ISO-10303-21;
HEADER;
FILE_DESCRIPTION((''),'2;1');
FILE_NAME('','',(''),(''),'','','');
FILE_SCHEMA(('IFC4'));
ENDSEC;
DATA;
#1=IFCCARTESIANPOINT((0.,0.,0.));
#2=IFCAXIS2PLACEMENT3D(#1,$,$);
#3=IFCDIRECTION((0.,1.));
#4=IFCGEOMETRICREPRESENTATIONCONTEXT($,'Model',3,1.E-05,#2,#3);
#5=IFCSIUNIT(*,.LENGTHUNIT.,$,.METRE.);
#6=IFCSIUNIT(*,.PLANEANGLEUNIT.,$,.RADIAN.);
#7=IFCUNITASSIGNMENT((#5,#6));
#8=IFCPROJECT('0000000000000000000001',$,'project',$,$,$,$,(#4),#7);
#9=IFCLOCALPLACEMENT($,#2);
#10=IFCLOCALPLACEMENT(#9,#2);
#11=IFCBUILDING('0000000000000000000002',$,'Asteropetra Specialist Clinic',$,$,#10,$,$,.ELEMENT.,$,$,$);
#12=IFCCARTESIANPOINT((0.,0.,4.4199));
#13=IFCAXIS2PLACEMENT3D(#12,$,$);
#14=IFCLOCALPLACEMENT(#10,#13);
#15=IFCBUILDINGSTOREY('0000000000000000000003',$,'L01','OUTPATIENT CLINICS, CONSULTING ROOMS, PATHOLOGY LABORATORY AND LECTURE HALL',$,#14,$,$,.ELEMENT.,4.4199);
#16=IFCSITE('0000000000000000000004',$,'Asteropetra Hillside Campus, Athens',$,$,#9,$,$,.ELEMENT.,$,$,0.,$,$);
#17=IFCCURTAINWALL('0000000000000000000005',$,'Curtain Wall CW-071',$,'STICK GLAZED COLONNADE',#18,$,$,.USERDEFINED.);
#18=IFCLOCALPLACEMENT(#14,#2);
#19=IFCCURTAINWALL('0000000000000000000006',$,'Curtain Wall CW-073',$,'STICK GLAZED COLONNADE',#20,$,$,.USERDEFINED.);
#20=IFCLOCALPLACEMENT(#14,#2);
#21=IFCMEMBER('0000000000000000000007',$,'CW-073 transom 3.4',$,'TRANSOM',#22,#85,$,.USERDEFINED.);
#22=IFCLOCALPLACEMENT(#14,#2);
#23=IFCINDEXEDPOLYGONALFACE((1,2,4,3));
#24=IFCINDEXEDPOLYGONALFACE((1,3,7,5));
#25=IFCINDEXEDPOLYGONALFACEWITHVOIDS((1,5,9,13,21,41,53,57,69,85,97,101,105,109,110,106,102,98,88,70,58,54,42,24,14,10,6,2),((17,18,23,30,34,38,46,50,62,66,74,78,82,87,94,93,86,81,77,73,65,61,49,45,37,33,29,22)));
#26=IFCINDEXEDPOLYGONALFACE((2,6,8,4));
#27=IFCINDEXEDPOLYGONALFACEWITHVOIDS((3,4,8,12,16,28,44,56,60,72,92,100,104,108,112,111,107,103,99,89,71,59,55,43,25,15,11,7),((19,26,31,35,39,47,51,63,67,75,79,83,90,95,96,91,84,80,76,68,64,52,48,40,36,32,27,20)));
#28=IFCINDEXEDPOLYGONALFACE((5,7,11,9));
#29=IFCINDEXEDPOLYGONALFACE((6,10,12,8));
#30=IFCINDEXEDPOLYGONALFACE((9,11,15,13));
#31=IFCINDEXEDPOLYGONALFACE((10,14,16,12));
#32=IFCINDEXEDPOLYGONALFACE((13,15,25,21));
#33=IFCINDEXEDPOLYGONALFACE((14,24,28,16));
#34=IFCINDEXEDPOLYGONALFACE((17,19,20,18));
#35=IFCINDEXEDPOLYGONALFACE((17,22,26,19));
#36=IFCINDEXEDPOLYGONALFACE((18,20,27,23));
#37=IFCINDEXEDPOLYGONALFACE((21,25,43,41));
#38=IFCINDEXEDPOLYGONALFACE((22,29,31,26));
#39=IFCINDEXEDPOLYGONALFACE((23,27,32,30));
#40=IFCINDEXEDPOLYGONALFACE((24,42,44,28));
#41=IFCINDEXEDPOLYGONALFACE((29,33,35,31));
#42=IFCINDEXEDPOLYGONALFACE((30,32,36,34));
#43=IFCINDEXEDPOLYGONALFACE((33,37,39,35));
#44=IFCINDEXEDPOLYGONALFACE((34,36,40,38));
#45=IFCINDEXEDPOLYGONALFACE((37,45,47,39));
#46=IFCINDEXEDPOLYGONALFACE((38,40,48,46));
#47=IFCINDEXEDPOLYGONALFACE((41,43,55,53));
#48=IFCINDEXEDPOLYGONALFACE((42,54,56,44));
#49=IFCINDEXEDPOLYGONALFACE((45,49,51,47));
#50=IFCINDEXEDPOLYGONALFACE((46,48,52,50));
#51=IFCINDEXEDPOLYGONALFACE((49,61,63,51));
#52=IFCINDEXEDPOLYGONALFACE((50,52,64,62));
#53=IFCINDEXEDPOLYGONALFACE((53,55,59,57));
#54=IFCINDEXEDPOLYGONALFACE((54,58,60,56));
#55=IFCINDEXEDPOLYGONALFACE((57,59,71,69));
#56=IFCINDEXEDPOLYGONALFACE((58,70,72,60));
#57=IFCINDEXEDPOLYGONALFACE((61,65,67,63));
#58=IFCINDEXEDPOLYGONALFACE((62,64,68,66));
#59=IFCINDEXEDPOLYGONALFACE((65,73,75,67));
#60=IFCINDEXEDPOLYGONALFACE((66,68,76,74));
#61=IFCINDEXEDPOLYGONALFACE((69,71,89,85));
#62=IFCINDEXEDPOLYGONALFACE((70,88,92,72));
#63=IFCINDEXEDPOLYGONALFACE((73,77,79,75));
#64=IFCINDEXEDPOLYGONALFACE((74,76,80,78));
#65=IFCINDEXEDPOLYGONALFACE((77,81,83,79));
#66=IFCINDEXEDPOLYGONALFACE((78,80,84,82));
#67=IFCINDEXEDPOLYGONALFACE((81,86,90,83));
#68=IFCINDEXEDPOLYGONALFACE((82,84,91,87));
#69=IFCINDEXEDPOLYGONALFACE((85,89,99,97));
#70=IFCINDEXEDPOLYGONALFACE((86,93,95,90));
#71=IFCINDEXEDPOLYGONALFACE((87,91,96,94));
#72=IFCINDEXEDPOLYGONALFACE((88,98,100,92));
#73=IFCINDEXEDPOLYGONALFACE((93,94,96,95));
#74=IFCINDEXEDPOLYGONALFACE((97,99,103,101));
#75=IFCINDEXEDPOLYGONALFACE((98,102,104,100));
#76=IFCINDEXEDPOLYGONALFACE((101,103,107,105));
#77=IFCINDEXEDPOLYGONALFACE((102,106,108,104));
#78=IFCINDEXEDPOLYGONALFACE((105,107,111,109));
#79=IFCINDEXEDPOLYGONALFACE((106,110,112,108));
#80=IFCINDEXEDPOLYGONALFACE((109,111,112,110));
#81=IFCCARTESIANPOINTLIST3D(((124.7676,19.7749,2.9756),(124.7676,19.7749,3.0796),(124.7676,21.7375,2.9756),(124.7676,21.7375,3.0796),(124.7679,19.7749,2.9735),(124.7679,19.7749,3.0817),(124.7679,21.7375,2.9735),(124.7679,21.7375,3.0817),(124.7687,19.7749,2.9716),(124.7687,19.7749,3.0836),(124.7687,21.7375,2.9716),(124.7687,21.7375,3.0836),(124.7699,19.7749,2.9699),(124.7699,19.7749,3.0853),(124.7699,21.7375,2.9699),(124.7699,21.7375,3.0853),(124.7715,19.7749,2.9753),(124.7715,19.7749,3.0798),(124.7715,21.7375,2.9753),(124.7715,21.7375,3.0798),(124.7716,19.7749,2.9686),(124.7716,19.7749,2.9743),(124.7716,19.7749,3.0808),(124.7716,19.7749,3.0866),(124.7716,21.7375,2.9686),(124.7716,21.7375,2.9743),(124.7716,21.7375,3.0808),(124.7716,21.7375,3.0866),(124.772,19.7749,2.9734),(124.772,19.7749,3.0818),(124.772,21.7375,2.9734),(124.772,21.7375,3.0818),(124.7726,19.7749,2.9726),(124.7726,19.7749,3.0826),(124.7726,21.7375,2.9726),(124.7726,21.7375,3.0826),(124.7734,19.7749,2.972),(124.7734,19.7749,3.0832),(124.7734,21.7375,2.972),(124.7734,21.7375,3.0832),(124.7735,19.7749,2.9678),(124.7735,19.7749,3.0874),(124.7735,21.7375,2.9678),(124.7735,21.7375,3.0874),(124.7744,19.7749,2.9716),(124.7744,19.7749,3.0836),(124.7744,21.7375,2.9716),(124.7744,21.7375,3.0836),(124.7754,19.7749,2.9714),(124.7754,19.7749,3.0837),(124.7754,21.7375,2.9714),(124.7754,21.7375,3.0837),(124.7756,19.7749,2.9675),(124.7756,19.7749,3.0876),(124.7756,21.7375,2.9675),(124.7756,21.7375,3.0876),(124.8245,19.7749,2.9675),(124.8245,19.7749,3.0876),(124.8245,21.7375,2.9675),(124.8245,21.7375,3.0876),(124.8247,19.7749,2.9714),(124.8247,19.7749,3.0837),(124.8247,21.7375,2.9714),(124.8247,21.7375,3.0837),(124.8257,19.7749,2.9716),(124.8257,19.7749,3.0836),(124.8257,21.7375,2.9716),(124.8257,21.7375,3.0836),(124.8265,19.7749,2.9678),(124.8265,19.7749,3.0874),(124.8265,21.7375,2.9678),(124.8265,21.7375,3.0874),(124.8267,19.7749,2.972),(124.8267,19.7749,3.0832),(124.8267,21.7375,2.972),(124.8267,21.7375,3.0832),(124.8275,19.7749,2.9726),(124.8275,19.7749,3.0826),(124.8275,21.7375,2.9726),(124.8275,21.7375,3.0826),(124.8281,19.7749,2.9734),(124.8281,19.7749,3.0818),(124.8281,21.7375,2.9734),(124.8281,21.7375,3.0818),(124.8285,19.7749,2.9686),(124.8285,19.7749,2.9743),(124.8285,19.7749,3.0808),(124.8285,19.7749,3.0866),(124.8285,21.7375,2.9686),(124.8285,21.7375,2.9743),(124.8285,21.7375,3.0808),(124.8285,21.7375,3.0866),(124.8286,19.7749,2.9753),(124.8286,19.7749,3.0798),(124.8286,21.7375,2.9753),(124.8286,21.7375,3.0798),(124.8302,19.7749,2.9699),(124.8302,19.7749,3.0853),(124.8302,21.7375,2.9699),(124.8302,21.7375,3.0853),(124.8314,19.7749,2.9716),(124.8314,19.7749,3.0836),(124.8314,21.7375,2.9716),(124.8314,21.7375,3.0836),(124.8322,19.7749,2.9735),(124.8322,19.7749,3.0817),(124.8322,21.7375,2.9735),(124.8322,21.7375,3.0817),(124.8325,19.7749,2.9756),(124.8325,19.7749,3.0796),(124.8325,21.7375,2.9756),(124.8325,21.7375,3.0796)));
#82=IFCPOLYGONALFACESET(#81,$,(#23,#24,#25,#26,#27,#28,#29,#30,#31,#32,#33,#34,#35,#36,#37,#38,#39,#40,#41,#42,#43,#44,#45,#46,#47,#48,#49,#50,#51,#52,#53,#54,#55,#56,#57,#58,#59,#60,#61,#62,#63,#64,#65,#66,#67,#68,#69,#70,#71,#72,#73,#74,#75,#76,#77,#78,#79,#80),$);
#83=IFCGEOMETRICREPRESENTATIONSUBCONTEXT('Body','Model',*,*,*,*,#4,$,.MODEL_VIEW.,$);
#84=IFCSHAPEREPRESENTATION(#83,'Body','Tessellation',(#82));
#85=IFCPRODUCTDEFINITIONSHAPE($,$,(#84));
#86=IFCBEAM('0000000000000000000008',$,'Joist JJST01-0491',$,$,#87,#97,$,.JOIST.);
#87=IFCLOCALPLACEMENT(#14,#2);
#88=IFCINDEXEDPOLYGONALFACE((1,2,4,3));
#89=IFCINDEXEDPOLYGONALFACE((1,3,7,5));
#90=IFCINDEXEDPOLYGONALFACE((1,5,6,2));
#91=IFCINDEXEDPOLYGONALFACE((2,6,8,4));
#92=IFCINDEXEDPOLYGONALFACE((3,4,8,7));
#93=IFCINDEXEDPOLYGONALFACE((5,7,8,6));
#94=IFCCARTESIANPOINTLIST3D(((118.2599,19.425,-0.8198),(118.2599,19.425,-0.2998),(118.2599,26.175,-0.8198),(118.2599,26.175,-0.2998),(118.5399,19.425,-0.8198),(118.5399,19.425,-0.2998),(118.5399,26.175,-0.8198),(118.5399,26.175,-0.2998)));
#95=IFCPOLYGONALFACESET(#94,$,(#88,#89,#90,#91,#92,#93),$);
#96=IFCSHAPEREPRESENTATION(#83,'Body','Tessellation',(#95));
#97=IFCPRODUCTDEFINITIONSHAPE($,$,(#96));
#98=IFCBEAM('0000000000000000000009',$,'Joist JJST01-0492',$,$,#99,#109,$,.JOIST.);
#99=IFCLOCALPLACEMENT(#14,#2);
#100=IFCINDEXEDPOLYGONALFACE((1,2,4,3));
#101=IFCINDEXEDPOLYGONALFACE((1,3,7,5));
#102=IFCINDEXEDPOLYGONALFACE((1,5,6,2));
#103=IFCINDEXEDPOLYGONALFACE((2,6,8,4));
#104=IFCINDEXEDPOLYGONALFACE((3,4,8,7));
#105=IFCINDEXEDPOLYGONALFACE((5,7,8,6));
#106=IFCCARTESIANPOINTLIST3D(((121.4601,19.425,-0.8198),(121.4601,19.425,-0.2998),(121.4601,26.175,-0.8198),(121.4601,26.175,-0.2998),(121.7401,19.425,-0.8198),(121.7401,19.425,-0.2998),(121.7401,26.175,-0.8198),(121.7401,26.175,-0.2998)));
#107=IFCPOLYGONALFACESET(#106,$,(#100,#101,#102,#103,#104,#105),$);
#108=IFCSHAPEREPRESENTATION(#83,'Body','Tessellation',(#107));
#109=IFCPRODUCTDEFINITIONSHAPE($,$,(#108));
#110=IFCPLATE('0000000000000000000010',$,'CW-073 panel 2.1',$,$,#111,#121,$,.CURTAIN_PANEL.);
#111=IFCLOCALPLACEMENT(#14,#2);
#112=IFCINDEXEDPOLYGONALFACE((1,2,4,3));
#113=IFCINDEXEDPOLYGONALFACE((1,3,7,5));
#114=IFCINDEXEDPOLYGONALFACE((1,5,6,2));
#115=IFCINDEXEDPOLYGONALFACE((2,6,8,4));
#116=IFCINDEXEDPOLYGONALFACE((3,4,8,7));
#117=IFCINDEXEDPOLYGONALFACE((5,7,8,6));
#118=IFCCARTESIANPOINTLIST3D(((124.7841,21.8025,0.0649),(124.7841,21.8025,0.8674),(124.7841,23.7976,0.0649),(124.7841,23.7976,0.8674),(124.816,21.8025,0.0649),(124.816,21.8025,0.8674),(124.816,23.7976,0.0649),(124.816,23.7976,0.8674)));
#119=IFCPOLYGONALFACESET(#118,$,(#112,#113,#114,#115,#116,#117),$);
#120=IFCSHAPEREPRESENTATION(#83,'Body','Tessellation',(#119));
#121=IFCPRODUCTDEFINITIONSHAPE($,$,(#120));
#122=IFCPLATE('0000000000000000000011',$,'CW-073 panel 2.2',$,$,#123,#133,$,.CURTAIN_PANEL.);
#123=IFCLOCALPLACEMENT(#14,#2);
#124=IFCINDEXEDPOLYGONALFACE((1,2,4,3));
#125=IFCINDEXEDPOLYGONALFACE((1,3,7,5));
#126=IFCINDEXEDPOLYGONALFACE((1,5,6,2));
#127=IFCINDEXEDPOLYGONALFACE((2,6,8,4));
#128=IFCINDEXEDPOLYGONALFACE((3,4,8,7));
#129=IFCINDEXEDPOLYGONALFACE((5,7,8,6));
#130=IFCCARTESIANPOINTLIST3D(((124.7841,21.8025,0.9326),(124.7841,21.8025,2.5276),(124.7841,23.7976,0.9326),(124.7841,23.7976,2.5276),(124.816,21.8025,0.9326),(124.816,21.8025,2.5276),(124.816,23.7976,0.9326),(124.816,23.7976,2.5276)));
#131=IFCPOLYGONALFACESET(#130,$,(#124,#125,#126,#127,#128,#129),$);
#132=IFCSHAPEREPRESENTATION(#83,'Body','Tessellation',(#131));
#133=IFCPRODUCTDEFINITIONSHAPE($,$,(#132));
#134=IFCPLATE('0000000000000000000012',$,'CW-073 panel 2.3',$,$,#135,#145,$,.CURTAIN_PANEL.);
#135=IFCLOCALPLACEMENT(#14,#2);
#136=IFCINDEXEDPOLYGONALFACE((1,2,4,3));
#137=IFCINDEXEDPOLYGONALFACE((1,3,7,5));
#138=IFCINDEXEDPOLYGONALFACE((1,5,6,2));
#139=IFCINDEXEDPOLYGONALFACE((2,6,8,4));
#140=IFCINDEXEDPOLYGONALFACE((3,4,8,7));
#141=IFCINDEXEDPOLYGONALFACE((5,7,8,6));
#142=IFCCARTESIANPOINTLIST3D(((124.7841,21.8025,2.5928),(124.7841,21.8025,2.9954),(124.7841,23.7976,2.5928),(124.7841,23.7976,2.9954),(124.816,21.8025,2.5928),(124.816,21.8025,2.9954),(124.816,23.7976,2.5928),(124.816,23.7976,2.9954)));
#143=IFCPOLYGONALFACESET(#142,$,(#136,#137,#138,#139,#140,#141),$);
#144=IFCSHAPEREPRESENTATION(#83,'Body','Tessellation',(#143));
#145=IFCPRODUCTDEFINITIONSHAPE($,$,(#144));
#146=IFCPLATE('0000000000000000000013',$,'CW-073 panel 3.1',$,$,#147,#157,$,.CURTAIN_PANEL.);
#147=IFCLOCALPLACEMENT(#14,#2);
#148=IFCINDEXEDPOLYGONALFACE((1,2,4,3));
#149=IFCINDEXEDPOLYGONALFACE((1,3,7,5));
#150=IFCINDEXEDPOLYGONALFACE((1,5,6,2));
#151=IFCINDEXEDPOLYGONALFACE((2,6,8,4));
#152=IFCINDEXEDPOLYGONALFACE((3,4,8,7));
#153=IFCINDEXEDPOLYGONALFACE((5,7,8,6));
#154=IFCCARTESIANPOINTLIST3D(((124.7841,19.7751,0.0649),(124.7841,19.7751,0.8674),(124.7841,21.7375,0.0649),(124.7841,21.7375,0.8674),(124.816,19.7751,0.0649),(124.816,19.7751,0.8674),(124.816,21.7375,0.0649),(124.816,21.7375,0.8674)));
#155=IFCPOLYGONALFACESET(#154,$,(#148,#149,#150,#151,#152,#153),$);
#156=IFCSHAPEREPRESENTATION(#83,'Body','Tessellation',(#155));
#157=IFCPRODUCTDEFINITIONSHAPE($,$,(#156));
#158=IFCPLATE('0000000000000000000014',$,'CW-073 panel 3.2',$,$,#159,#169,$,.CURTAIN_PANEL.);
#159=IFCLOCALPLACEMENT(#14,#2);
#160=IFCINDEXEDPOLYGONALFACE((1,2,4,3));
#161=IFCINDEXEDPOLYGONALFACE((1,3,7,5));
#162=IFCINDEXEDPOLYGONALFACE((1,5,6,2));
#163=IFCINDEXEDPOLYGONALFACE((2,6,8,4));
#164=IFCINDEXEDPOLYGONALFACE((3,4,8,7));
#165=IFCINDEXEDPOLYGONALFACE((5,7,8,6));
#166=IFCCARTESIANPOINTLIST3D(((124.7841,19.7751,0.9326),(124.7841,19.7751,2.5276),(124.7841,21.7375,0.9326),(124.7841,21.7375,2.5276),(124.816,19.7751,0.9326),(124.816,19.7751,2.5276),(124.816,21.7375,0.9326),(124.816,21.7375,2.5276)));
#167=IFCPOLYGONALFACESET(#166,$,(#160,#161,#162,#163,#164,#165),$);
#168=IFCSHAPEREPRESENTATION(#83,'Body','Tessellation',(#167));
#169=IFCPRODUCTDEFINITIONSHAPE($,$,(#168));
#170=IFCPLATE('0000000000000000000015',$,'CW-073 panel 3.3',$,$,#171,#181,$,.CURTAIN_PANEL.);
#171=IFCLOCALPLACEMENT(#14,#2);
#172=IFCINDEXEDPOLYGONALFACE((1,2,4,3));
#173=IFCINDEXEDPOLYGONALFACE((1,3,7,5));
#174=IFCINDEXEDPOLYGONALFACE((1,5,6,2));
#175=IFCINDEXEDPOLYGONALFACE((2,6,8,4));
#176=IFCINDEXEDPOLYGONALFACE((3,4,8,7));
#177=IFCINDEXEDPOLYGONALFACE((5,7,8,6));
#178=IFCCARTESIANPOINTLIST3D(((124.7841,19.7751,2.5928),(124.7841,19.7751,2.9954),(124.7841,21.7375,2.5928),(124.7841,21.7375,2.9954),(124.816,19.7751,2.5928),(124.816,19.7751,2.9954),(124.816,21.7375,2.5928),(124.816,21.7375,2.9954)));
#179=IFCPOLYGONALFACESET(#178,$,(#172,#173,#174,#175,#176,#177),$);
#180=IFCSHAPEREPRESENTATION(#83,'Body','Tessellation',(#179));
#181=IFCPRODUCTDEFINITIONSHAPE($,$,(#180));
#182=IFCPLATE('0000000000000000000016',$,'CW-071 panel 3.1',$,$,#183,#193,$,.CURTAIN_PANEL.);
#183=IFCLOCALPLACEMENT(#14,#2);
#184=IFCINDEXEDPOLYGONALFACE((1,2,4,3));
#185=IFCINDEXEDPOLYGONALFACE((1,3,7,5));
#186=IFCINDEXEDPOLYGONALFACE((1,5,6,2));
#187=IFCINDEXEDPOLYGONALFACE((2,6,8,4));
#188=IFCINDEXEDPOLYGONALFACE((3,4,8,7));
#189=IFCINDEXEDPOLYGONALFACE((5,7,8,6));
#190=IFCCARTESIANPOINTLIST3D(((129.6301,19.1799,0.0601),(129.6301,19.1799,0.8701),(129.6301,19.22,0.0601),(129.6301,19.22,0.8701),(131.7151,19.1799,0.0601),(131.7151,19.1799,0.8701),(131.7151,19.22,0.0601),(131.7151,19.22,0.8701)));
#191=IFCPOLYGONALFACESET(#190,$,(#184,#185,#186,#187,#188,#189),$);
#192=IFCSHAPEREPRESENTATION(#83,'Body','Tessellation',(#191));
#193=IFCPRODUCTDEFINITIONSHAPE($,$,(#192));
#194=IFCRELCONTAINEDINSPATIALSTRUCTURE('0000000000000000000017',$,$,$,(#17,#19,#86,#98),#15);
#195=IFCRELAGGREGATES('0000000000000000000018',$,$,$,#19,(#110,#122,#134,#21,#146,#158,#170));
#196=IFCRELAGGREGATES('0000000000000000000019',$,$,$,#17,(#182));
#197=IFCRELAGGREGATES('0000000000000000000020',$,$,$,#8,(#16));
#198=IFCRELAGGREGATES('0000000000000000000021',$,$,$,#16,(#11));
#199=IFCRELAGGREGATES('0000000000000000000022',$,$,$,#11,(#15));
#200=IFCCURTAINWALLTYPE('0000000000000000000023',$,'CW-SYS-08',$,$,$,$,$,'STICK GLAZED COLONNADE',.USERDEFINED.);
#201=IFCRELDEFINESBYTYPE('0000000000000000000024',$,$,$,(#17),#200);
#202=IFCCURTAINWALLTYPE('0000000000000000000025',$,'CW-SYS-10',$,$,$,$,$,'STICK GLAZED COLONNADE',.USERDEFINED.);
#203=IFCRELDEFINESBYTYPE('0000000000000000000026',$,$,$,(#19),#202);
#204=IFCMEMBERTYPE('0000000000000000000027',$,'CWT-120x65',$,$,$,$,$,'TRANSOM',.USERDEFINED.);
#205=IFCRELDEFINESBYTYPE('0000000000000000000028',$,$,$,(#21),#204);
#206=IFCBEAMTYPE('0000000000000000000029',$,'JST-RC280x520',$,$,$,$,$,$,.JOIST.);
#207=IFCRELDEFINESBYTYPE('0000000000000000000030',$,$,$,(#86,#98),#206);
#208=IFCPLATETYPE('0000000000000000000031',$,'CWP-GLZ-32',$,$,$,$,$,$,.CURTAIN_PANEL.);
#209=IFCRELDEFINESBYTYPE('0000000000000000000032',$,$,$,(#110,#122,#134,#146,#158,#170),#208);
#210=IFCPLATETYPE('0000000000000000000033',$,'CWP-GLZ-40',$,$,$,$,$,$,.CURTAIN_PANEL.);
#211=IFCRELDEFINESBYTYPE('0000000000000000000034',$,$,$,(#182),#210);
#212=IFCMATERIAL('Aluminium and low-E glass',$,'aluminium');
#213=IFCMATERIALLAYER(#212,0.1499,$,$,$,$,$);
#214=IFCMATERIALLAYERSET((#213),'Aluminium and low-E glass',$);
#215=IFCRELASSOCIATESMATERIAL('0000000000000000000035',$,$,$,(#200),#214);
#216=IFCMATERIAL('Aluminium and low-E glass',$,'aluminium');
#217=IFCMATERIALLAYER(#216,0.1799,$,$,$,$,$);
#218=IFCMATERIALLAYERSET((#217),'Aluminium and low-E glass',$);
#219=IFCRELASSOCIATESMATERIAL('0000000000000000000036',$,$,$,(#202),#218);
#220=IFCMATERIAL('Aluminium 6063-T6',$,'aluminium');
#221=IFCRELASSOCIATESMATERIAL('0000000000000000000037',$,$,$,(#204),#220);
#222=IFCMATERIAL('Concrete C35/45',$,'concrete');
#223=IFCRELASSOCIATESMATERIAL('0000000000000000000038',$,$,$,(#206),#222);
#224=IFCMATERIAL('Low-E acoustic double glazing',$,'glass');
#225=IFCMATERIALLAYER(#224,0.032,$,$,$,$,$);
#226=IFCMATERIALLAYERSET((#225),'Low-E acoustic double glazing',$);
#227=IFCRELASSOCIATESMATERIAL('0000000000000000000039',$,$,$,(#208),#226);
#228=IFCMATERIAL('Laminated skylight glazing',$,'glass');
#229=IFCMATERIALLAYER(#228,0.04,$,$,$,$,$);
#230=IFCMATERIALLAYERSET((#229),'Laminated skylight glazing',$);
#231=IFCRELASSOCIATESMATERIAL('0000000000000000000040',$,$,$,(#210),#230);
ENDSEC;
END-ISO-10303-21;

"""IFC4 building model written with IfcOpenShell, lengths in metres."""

from ifc_helpers import new_model, si_unit, direction, frame, origin, origin_2d, place, context, subcontext, project, spatial, rectangle, hollow_rectangle, extrude, material, layer, layer_set, material_profile, profile_set, type_object, element, aggregate, save


model = new_model("IFC4")

# Units and contexts
model_context = context("Model", 3, precision=1e-05, world=origin(), true_north=direction((0.0, 1.0)))
body_context = subcontext(model_context, "Body", "Model", "MODEL_VIEW")
ifc_project = project(units=[si_unit("LENGTHUNIT", "METRE"), si_unit("PLANEANGLEUNIT", "RADIAN")], contexts=[model_context])

# Site, building, storey
site_placement = place(None, origin())
site = spatial("IfcSite", under=ifc_project, at=site_placement, Name="Asteropetra Hillside Campus, Athens", CompositionType="ELEMENT", RefElevation=0.0)
building_placement = place(site_placement, origin())
building = spatial("IfcBuilding", under=site, at=building_placement, Name="Asteropetra Specialist Clinic", CompositionType="ELEMENT")
storey_placement = place(building_placement, frame((0.0, 0.0, 4.4199)))
storey = spatial("IfcBuildingStorey", under=building, at=storey_placement, Name="L01", Description="OUTPATIENT CLINICS, CONSULTING ROOMS, PATHOLOGY LABORATORY AND LECTURE HALL", CompositionType="ELEMENT", Elevation=4.4199)

# Curtain wall
ifc_material_1 = material(Name="Aluminium and low-E glass", Category="aluminium")
ifc_layer_1 = layer(ifc_material_1, 0.1499)
ifc_layer_set_1 = layer_set([ifc_layer_1], Name="Aluminium and low-E glass")
curtain_wall_type_1 = type_object("IfcCurtainWallType", Name="CW-SYS-08", ElementType="STICK GLAZED COLONNADE", PredefinedType="USERDEFINED", material=ifc_layer_set_1)
curtain_wall_1_placement = place(storey_placement, origin())
curtain_wall_1 = element("IfcCurtainWall", 1, at=curtain_wall_1_placement, inside=storey, type_object=curtain_wall_type_1, Name="Curtain Wall CW-071", ObjectType="STICK GLAZED COLONNADE", PredefinedType="USERDEFINED")

# Curtain wall
ifc_material_2 = material(Name="Aluminium and low-E glass", Category="aluminium")
ifc_layer_2 = layer(ifc_material_2, 0.1799)
ifc_layer_set_2 = layer_set([ifc_layer_2], Name="Aluminium and low-E glass")
curtain_wall_type_2 = type_object("IfcCurtainWallType", Name="CW-SYS-10", ElementType="STICK GLAZED COLONNADE", PredefinedType="USERDEFINED", material=ifc_layer_set_2)
curtain_wall_2_placement = place(storey_placement, origin())
curtain_wall_2 = element("IfcCurtainWall", 2, at=curtain_wall_2_placement, inside=storey, type_object=curtain_wall_type_2, Name="Curtain Wall CW-073", ObjectType="STICK GLAZED COLONNADE", PredefinedType="USERDEFINED")

# Member
ifc_material_3 = material(Name="Aluminium 6063-T6", Category="aluminium")
ifc_material_profile_1 = material_profile(ifc_material_3, hollow_rectangle(XDim=0.0649, YDim=0.1201, WallThickness=0.0039, InnerFilletRadius=0.0039, OuterFilletRadius=0.0081, at=origin_2d()), Name="TRN 120x65x4.0")
ifc_profile_set_1 = profile_set([ifc_material_profile_1], Name="Aluminium 6063-T6")
member_type_1 = type_object("IfcMemberType", Name="CWT-120x65", ElementType="TRANSOM", PredefinedType="USERDEFINED", material=ifc_profile_set_1)
member_1_placement = place(storey_placement, frame((124.8, 21.7375, 3.0276), z_axis=(0.0, -1.0, 0.0), x_axis=(1.0, 0.0, 0.0)))
member_1 = element("IfcMember", 3, at=member_1_placement, type_object=member_type_1, Name="CW-073 transom 3.4", ObjectType="TRANSOM", PredefinedType="USERDEFINED", context=body_context, shape_type="SweptSolid", body=[
    extrude(hollow_rectangle(XDim=0.0649, YDim=0.1201, WallThickness=0.0039, InnerFilletRadius=0.0039, OuterFilletRadius=0.0081, at=origin_2d()), origin(), (0.0, 0.0, 1.0), 1.9626),
])

# Beams
ifc_material_4 = material(Name="Concrete C35/45", Category="concrete")
ifc_material_profile_2 = material_profile(ifc_material_4, rectangle(XDim=0.28, YDim=0.52, at=origin_2d()), Name="RCJ 280x520")
ifc_profile_set_2 = profile_set([ifc_material_profile_2], Name="Concrete C35/45")
beam_type = type_object("IfcBeamType", Name="JST-RC280x520", PredefinedType="JOIST", material=ifc_profile_set_2)
for number, where, z_axis, x_axis, name in (
    (4, (118.3999, 19.425, -0.5598), (0.0, 1.0, 0.0), (-1.0, 0.0, 0.0), "Joist JJST01-0491"),
    (5, (121.6001, 19.425, -0.5598), (0.0, 1.0, 0.0), (-1.0, 0.0, 0.0), "Joist JJST01-0492"),
):
    element("IfcBeam", number, at=place(storey_placement, frame(where, z_axis=z_axis, x_axis=x_axis)), inside=storey, type_object=beam_type, Name=name, PredefinedType="JOIST", context=body_context, shape_type="SweptSolid", body=[
        extrude(rectangle(XDim=0.28, YDim=0.52, at=origin_2d()), origin(), (0.0, 0.0, 1.0), 6.75),
    ])

# Plates
ifc_material_5 = material(Name="Low-E acoustic double glazing", Category="glass")
ifc_layer_3 = layer(ifc_material_5, 0.032)
ifc_layer_set_3 = layer_set([ifc_layer_3], Name="Low-E acoustic double glazing")
plate_type_1 = type_object("IfcPlateType", Name="CWP-GLZ-32", PredefinedType="CURTAIN_PANEL", material=ifc_layer_set_3)
plate_1_placement = place(storey_placement, frame((124.8, 22.8, 0.0649), z_axis=(0.0, 0.0, 1.0), x_axis=(0.0, -1.0, 0.0)))
plate_1 = element("IfcPlate", 6, at=plate_1_placement, type_object=plate_type_1, Name="CW-073 panel 2.1", PredefinedType="CURTAIN_PANEL", context=body_context, shape_type="SweptSolid", body=[
    extrude(rectangle(XDim=1.9951, YDim=0.032, at=origin_2d()), origin(), (0.0, 0.0, 1.0), 0.8025),
])
plate_2_placement = place(storey_placement, frame((124.8, 22.8, 0.9326), z_axis=(0.0, 0.0, 1.0), x_axis=(0.0, -1.0, 0.0)))
plate_2 = element("IfcPlate", 7, at=plate_2_placement, type_object=plate_type_1, Name="CW-073 panel 2.2", PredefinedType="CURTAIN_PANEL", context=body_context, shape_type="SweptSolid", body=[
    extrude(rectangle(XDim=1.9951, YDim=0.032, at=origin_2d()), origin(), (0.0, 0.0, 1.0), 1.595),
])
plate_3_placement = place(storey_placement, frame((124.8, 22.8, 2.5928), z_axis=(0.0, 0.0, 1.0), x_axis=(0.0, -1.0, 0.0)))
plate_3 = element("IfcPlate", 8, at=plate_3_placement, type_object=plate_type_1, Name="CW-073 panel 2.3", PredefinedType="CURTAIN_PANEL", context=body_context, shape_type="SweptSolid", body=[
    extrude(rectangle(XDim=1.9951, YDim=0.032, at=origin_2d()), origin(), (0.0, 0.0, 1.0), 0.4026),
])
plate_4_placement = place(storey_placement, frame((124.8, 20.7563, 0.0649), z_axis=(0.0, 0.0, 1.0), x_axis=(0.0, -1.0, 0.0)))
plate_4 = element("IfcPlate", 9, at=plate_4_placement, type_object=plate_type_1, Name="CW-073 panel 3.1", PredefinedType="CURTAIN_PANEL", context=body_context, shape_type="SweptSolid", body=[
    extrude(rectangle(XDim=1.9624, YDim=0.032, at=origin_2d()), origin(), (0.0, 0.0, 1.0), 0.8025),
])
plate_5_placement = place(storey_placement, frame((124.8, 20.7563, 0.9326), z_axis=(0.0, 0.0, 1.0), x_axis=(0.0, -1.0, 0.0)))
plate_5 = element("IfcPlate", 10, at=plate_5_placement, type_object=plate_type_1, Name="CW-073 panel 3.2", PredefinedType="CURTAIN_PANEL", context=body_context, shape_type="SweptSolid", body=[
    extrude(rectangle(XDim=1.9624, YDim=0.032, at=origin_2d()), origin(), (0.0, 0.0, 1.0), 1.595),
])
plate_6_placement = place(storey_placement, frame((124.8, 20.7563, 2.5928), z_axis=(0.0, 0.0, 1.0), x_axis=(0.0, -1.0, 0.0)))
plate_6 = element("IfcPlate", 11, at=plate_6_placement, type_object=plate_type_1, Name="CW-073 panel 3.3", PredefinedType="CURTAIN_PANEL", context=body_context, shape_type="SweptSolid", body=[
    extrude(rectangle(XDim=1.9624, YDim=0.032, at=origin_2d()), origin(), (0.0, 0.0, 1.0), 0.4026),
])
aggregate(curtain_wall_2, [plate_1, plate_2, plate_3, member_1, plate_4, plate_5, plate_6])
ifc_material_6 = material(Name="Laminated skylight glazing", Category="glass")
ifc_layer_4 = layer(ifc_material_6, 0.04)
ifc_layer_set_4 = layer_set([ifc_layer_4], Name="Laminated skylight glazing")
plate_type_2 = type_object("IfcPlateType", Name="CWP-GLZ-40", PredefinedType="CURTAIN_PANEL", material=ifc_layer_set_4)
plate_7_placement = place(storey_placement, frame((130.6726, 19.2, 0.0601), z_axis=(0.0, 0.0, 1.0), x_axis=(1.0, 0.0, 0.0)))
plate_7 = element("IfcPlate", 12, at=plate_7_placement, type_object=plate_type_2, Name="CW-071 panel 3.1", PredefinedType="CURTAIN_PANEL", context=body_context, shape_type="SweptSolid", body=[
    extrude(rectangle(XDim=2.085, YDim=0.04, at=origin_2d()), origin(), (0.0, 0.0, 1.0), 0.8101),
])
aggregate(curtain_wall_1, [plate_7])

save(model, "model.ifc")
